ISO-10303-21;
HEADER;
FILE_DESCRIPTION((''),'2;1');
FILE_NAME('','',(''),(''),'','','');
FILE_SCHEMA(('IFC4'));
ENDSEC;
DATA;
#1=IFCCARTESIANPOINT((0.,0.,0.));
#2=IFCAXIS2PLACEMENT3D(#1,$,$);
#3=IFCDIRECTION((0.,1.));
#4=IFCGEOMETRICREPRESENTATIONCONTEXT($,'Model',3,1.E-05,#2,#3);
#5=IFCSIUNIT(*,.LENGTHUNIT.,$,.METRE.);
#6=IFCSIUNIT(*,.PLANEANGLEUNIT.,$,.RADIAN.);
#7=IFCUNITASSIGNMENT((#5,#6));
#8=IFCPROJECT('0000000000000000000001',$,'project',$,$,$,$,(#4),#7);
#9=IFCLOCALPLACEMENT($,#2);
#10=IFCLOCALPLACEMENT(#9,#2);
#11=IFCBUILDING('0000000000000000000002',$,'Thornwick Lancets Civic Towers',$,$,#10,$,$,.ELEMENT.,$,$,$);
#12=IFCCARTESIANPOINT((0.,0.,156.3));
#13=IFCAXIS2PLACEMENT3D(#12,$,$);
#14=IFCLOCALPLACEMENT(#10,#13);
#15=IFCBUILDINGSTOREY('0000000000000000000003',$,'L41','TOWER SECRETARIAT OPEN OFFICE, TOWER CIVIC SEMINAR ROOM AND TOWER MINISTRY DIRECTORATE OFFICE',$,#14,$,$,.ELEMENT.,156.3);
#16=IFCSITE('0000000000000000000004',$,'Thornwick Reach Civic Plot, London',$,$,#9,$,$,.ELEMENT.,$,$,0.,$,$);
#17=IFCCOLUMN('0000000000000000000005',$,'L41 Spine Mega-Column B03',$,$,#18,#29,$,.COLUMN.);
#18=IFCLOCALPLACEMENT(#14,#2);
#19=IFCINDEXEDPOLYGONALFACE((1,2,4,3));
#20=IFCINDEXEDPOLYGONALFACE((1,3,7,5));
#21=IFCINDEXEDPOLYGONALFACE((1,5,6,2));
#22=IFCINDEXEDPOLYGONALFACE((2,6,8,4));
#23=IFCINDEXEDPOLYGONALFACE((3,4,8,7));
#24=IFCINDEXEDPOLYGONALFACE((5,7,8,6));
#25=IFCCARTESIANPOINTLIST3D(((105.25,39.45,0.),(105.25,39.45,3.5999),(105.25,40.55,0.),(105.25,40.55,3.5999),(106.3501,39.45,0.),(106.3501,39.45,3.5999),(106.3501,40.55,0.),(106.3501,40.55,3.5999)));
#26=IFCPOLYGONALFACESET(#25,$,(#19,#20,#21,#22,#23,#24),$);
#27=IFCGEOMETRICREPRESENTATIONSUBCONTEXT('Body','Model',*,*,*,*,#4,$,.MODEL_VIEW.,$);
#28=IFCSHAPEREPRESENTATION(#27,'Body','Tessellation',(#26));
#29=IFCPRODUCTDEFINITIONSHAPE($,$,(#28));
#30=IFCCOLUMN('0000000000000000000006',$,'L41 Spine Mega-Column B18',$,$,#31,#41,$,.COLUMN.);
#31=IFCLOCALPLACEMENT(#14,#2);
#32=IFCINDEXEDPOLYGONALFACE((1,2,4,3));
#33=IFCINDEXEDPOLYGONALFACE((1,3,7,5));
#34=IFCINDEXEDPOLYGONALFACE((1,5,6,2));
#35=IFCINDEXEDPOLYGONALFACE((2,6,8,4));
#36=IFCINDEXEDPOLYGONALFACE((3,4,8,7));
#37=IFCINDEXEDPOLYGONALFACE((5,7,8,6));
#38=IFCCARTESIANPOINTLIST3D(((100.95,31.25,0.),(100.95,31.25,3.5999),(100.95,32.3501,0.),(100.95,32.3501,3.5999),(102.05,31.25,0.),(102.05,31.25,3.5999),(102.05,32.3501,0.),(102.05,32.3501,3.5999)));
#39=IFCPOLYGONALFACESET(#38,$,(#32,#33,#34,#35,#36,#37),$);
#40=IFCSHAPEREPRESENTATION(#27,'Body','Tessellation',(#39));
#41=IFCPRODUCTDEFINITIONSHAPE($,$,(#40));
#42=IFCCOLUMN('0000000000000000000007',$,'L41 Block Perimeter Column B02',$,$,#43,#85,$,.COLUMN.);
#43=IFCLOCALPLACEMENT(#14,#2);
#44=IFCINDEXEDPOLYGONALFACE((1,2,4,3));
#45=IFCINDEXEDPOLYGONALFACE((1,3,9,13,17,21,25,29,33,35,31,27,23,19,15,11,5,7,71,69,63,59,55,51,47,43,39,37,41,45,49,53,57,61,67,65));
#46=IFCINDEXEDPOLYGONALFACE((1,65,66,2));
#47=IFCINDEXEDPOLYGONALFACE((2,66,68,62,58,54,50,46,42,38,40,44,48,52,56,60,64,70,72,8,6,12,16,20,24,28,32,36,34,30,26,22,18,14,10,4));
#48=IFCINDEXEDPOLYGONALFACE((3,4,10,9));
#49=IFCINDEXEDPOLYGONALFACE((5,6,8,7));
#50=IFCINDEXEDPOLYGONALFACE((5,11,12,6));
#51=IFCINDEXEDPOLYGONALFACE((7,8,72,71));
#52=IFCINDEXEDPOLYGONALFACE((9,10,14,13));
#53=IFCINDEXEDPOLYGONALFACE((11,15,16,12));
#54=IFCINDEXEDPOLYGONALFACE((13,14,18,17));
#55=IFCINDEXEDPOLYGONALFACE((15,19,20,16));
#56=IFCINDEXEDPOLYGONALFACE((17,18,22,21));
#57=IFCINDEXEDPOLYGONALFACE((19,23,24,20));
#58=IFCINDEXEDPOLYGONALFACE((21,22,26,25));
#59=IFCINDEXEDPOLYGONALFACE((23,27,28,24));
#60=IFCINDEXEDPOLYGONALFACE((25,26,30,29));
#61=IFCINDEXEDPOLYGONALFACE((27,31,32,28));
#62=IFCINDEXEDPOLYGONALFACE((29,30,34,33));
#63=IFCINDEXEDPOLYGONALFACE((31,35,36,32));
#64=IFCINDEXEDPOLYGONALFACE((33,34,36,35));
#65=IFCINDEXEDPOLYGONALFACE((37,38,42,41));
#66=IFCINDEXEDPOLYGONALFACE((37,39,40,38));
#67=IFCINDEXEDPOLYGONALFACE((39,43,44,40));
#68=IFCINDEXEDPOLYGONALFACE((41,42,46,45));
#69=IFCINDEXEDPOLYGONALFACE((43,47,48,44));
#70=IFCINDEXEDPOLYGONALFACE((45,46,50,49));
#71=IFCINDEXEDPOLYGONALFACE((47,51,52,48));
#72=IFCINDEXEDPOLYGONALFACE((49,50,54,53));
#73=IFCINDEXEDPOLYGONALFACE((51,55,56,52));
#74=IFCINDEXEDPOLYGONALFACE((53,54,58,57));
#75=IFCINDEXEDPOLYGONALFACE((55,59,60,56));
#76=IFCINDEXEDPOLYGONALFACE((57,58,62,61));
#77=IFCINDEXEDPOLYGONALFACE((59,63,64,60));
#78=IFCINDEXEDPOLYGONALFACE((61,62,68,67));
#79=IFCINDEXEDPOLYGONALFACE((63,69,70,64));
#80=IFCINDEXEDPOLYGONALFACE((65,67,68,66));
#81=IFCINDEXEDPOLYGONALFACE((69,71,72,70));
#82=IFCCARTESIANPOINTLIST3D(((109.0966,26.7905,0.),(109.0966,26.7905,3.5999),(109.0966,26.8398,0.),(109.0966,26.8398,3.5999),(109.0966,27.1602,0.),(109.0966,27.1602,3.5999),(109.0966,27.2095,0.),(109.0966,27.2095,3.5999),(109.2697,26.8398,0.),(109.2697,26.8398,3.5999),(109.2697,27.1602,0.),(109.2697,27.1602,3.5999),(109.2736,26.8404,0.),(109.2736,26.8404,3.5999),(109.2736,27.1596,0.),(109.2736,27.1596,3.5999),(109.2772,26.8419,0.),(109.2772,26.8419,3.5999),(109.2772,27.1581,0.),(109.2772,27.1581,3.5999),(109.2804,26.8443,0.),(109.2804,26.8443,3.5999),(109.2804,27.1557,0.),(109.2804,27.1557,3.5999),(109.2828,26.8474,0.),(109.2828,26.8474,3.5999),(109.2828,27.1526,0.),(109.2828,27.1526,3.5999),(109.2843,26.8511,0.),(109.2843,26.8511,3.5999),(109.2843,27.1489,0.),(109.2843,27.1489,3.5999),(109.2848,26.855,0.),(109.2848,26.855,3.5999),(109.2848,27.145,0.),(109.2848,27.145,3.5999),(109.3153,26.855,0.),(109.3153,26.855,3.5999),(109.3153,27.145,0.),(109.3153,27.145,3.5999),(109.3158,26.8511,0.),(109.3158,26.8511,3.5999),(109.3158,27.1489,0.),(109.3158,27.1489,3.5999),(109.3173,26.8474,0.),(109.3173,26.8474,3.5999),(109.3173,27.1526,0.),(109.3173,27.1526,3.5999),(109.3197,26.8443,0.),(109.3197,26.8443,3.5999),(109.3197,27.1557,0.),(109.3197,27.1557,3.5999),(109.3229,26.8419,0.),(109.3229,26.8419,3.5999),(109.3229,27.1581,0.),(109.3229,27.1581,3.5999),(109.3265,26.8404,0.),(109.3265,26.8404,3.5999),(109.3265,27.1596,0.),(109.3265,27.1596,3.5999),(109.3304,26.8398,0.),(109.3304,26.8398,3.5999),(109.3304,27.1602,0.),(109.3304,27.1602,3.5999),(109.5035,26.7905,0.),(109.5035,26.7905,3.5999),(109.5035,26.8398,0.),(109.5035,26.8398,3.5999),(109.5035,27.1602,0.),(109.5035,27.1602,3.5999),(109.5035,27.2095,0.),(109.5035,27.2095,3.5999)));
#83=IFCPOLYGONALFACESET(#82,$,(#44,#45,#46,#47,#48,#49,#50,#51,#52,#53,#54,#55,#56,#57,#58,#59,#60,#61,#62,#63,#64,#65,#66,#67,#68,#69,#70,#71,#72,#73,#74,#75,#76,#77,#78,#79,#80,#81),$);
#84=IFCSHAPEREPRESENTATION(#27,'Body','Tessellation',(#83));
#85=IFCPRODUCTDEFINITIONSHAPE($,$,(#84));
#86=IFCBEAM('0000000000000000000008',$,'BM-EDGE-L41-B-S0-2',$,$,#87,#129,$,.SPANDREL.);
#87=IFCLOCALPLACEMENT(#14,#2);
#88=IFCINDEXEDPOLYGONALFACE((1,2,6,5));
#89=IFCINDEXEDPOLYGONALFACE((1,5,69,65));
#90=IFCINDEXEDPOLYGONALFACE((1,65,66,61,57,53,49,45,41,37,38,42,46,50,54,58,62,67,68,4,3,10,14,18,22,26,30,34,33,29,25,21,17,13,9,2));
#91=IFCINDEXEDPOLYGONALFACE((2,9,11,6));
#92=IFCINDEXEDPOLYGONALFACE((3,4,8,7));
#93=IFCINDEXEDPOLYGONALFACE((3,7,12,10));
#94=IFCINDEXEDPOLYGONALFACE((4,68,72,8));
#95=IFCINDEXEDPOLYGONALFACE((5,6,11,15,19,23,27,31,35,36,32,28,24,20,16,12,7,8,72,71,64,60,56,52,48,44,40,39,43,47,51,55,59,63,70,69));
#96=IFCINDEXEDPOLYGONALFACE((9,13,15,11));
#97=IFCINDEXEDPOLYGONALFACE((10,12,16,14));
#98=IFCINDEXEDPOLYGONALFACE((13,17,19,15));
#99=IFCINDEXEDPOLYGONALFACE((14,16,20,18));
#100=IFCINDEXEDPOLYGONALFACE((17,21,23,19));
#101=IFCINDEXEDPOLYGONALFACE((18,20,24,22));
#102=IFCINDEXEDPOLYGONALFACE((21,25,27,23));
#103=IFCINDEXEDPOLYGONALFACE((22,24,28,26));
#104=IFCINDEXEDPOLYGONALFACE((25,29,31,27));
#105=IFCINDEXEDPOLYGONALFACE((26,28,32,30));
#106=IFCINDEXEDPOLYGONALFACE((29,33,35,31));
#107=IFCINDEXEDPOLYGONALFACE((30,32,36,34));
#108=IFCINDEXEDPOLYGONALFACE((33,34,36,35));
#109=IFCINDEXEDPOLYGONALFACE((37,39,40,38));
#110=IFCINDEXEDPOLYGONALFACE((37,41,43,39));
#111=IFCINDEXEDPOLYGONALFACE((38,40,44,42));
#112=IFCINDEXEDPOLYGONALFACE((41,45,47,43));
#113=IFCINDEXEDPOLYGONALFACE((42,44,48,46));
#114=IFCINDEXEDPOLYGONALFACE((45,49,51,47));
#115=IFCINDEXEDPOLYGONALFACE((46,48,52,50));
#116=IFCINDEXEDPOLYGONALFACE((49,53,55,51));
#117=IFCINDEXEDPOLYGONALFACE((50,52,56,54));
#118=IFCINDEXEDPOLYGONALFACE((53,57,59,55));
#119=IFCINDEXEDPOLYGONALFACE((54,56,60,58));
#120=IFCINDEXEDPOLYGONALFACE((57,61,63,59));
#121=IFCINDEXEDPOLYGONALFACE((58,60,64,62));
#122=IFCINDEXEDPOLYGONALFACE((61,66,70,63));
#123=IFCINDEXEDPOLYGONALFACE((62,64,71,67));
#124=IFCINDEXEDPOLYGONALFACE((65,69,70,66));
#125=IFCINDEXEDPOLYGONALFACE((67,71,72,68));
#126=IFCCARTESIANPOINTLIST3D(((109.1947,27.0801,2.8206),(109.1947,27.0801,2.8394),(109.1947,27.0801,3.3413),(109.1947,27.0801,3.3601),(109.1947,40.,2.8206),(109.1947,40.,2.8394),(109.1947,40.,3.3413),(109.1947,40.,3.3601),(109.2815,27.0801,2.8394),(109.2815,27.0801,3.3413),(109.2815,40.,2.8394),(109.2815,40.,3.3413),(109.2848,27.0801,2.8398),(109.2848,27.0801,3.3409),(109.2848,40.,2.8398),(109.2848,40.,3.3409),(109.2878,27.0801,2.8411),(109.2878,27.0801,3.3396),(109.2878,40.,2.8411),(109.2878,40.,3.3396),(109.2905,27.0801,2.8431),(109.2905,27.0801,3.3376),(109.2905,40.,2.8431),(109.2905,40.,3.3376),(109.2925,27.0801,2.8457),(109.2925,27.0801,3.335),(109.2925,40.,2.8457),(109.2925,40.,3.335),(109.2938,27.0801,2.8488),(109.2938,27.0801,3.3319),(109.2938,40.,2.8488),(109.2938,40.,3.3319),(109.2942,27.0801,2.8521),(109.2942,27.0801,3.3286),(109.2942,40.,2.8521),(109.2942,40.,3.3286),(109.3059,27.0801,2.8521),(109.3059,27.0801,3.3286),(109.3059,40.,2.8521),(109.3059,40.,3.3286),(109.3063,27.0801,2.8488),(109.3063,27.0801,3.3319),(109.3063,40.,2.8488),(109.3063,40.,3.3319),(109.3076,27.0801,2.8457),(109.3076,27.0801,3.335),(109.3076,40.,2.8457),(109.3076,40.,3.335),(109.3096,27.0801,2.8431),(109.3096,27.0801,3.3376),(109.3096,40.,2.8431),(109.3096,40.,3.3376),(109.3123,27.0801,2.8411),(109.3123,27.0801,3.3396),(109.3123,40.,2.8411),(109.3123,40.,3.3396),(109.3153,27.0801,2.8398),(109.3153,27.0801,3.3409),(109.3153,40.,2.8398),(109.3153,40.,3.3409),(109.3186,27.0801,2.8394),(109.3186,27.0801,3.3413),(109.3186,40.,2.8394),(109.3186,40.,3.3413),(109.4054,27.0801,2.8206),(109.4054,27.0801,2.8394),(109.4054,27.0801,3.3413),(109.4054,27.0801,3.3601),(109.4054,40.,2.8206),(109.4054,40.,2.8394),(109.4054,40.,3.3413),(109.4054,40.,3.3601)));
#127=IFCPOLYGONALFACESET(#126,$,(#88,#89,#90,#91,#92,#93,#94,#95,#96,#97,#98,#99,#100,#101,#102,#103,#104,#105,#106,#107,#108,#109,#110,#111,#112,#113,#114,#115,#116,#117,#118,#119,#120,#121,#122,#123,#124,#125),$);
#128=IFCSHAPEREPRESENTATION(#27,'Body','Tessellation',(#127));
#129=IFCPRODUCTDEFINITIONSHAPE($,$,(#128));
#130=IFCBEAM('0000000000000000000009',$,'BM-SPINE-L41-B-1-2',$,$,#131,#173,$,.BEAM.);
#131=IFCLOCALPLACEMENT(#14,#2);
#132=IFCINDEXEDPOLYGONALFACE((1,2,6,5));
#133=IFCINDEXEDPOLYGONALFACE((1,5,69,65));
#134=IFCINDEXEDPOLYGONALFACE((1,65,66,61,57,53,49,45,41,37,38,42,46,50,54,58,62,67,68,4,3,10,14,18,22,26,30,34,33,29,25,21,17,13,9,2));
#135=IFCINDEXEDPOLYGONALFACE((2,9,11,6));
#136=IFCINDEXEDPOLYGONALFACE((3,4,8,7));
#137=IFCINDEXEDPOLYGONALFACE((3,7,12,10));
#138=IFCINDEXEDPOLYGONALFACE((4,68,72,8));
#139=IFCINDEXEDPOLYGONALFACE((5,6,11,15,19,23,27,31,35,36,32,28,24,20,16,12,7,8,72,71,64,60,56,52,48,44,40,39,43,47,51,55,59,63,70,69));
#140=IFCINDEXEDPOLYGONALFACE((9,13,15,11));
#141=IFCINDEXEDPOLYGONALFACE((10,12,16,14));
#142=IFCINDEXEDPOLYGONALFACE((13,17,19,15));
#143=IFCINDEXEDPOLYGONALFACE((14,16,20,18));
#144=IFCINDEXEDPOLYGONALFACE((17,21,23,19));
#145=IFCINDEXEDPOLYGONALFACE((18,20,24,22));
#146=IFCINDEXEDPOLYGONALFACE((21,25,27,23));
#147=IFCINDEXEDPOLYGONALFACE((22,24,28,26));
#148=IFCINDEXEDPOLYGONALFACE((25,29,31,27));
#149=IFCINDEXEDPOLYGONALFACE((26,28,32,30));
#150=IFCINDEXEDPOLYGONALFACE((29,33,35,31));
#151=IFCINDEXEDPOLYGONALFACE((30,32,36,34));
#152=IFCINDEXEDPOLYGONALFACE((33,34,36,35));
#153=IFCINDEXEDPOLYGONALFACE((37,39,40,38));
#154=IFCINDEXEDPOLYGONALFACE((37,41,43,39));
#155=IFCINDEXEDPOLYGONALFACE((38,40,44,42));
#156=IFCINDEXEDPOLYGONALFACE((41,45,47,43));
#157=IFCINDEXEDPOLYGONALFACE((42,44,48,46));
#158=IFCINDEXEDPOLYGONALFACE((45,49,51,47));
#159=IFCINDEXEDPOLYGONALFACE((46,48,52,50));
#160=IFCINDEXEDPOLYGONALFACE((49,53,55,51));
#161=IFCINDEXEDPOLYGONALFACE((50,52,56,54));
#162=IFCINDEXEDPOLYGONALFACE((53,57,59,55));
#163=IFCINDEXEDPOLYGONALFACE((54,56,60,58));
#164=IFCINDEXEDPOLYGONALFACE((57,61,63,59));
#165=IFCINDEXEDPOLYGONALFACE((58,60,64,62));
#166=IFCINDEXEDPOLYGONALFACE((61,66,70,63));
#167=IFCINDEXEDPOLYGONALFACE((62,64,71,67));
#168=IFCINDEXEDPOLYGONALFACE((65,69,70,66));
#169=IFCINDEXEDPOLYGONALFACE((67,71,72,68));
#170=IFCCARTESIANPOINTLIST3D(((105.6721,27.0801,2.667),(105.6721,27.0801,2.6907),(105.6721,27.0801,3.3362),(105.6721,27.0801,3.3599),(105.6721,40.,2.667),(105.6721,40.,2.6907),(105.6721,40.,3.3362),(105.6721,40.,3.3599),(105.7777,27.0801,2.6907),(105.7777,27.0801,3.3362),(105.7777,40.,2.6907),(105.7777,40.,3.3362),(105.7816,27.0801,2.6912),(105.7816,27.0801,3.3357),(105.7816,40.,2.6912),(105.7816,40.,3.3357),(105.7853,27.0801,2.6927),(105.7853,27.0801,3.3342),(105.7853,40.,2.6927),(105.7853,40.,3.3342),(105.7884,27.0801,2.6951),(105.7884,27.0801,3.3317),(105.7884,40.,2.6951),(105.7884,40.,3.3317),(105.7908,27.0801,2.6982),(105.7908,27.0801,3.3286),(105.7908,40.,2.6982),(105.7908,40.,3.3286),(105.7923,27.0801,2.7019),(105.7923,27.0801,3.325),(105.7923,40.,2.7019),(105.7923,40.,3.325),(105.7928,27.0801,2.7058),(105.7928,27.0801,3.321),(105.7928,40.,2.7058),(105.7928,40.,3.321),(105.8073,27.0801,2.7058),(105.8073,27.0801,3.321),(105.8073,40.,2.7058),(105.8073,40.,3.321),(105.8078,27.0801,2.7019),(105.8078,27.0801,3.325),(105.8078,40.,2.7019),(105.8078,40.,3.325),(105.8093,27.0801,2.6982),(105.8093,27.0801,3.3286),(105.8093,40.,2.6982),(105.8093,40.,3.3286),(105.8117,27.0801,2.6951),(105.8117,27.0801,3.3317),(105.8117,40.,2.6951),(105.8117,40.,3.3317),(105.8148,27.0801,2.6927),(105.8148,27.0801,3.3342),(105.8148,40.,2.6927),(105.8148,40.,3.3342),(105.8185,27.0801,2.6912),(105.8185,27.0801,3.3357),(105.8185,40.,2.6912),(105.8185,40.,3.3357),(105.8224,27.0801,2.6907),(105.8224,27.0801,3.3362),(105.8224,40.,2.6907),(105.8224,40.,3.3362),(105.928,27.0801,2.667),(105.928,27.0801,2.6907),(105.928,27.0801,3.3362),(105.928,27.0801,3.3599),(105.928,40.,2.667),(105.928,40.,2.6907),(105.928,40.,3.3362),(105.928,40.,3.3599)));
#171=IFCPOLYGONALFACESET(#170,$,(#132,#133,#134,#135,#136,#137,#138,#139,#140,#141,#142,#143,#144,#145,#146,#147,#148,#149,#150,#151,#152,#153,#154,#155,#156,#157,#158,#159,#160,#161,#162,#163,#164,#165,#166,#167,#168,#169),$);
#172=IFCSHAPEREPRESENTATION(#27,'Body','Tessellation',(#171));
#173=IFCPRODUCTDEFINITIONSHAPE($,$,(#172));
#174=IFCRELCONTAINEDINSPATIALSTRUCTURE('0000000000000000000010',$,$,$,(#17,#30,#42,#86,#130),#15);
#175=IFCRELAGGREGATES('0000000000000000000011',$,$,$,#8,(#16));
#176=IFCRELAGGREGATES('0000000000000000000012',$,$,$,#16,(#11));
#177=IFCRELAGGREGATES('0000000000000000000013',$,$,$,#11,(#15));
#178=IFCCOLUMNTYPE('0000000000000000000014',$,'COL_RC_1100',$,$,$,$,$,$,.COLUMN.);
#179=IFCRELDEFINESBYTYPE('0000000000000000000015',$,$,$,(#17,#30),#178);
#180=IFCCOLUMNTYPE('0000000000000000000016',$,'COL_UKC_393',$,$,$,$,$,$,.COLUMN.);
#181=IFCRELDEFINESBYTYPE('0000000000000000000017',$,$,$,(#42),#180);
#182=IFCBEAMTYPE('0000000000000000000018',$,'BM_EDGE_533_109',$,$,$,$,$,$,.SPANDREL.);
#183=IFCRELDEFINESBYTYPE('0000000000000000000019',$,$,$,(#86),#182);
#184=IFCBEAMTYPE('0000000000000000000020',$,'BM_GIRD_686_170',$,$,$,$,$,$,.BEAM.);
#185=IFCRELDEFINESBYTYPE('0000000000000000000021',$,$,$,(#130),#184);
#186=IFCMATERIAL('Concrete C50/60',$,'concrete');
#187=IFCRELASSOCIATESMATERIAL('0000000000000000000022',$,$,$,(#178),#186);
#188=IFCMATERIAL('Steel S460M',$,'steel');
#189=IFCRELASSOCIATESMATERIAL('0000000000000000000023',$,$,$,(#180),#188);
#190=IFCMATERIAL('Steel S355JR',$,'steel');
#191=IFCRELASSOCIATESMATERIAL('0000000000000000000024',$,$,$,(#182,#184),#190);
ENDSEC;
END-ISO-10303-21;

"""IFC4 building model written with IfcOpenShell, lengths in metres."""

from ifc_helpers import new_model, si_unit, direction, frame, origin, origin_2d, place, context, subcontext, project, spatial, rectangle, i_section, extrude, material, material_profile, profile_set, type_object, element, save


model = new_model("IFC4")

# Units and contexts
model_context = context("Model", 3, precision=1e-05, world=origin(), true_north=direction((0.0, 1.0)))
body_context = subcontext(model_context, "Body", "Model", "MODEL_VIEW")
ifc_project = project(units=[si_unit("LENGTHUNIT", "METRE"), si_unit("PLANEANGLEUNIT", "RADIAN")], contexts=[model_context])

# Site, building, storey
site_placement = place(None, origin())
site = spatial("IfcSite", under=ifc_project, at=site_placement, Name="Thornwick Reach Civic Plot, London", CompositionType="ELEMENT", RefElevation=0.0)
building_placement = place(site_placement, origin())
building = spatial("IfcBuilding", under=site, at=building_placement, Name="Thornwick Lancets Civic Towers", CompositionType="ELEMENT")
storey_placement = place(building_placement, frame((0.0, 0.0, 156.3)))
storey = spatial("IfcBuildingStorey", under=building, at=storey_placement, Name="L41", Description="TOWER SECRETARIAT OPEN OFFICE, TOWER CIVIC SEMINAR ROOM AND TOWER MINISTRY DIRECTORATE OFFICE", CompositionType="ELEMENT", Elevation=156.3)

# Columns
ifc_material_1 = material(Name="Concrete C50/60", Category="concrete")
ifc_material_profile_1 = material_profile(ifc_material_1, rectangle(XDim=1.1001, YDim=1.1001, at=origin_2d()), Name="RC 1100x1100")
ifc_profile_set_1 = profile_set([ifc_material_profile_1], Name="Concrete C50/60")
column_type_1 = type_object("IfcColumnType", Name="COL_RC_1100", PredefinedType="COLUMN", material=ifc_profile_set_1)
for number, where, z_axis, x_axis, name in (
    (1, (105.8, 40.0, 0.0), (0.0, 0.0, 1.0), (1.0, 0.0, 0.0), "L41 Spine Mega-Column B03"),
    (2, (101.5, 31.8, 0.0), (0.0, 0.0, 1.0), (1.0, 0.0, 0.0), "L41 Spine Mega-Column B18"),
):
    element("IfcColumn", number, at=place(storey_placement, frame(where, z_axis=z_axis, x_axis=x_axis)), inside=storey, type_object=column_type_1, Name=name, PredefinedType="COLUMN", context=body_context, shape_type="SweptSolid", body=[
        extrude(rectangle(XDim=1.1001, YDim=1.1001, at=origin_2d()), origin(), (0.0, 0.0, 1.0), 3.5999),
    ])
ifc_material_2 = material(Name="Steel S460M", Category="steel")
ifc_material_profile_2 = material_profile(ifc_material_2, i_section(OverallWidth=0.407, OverallDepth=0.4189, WebThickness=0.0305, FlangeThickness=0.0493, FilletRadius=0.0151, at=origin_2d()), Name="UKC 356x406x393")
ifc_profile_set_2 = profile_set([ifc_material_profile_2], Name="Steel S460M")
column_type_2 = type_object("IfcColumnType", Name="COL_UKC_393", PredefinedType="COLUMN", material=ifc_profile_set_2)
column_placement = place(storey_placement, frame((109.3, 27.0, 0.0), z_axis=(0.0, 0.0, 1.0), x_axis=(1.0, 0.0, 0.0)))
element("IfcColumn", 3, at=column_placement, inside=storey, type_object=column_type_2, Name="L41 Block Perimeter Column B02", PredefinedType="COLUMN", context=body_context, shape_type="SweptSolid", body=[
    extrude(i_section(OverallWidth=0.407, OverallDepth=0.4189, WebThickness=0.0305, FlangeThickness=0.0493, FilletRadius=0.0151, at=origin_2d()), origin(), (0.0, 0.0, 1.0), 3.5999),
])

# Beams
ifc_material_3 = material(Name="Steel S355JR", Category="steel")
ifc_material_profile_3 = material_profile(ifc_material_3, i_section(OverallWidth=0.2107, OverallDepth=0.5396, WebThickness=0.0117, FlangeThickness=0.0188, FilletRadius=0.0127, at=origin_2d()), Name="UKB 533x210x109")
ifc_profile_set_3 = profile_set([ifc_material_profile_3], Name="Steel S355JR")
beam_type_1 = type_object("IfcBeamType", Name="BM_EDGE_533_109", PredefinedType="SPANDREL", material=ifc_profile_set_3)
beam_1_placement = place(storey_placement, frame((109.3, 27.0801, 3.0903), z_axis=(0.0, 1.0, 0.0), x_axis=(-1.0, 0.0, 0.0)))
element("IfcBeam", 4, at=beam_1_placement, inside=storey, type_object=beam_type_1, Name="BM-EDGE-L41-B-S0-2", PredefinedType="SPANDREL", context=body_context, shape_type="SweptSolid", body=[
    extrude(i_section(OverallWidth=0.2107, OverallDepth=0.5396, WebThickness=0.0117, FlangeThickness=0.0188, FilletRadius=0.0127, at=origin_2d()), origin(), (0.0, 0.0, 1.0), 12.9199),
])
ifc_material_profile_4 = material_profile(ifc_material_3, i_section(OverallWidth=0.2559, OverallDepth=0.6929, WebThickness=0.0144, FlangeThickness=0.0237, FilletRadius=0.0151, at=origin_2d()), Name="UKB 686x254x170")
ifc_profile_set_4 = profile_set([ifc_material_profile_4], Name="Steel S355JR")
beam_type_2 = type_object("IfcBeamType", Name="BM_GIRD_686_170", PredefinedType="BEAM", material=ifc_profile_set_4)
beam_2_placement = place(storey_placement, frame((105.8, 27.0801, 3.0134), z_axis=(0.0, 1.0, 0.0), x_axis=(-1.0, 0.0, 0.0)))
element("IfcBeam", 5, at=beam_2_placement, inside=storey, type_object=beam_type_2, Name="BM-SPINE-L41-B-1-2", PredefinedType="BEAM", context=body_context, shape_type="SweptSolid", body=[
    extrude(i_section(OverallWidth=0.2559, OverallDepth=0.6929, WebThickness=0.0144, FlangeThickness=0.0237, FilletRadius=0.0151, at=origin_2d()), origin(), (0.0, 0.0, 1.0), 12.9199),
])

save(model, "model.ifc")
